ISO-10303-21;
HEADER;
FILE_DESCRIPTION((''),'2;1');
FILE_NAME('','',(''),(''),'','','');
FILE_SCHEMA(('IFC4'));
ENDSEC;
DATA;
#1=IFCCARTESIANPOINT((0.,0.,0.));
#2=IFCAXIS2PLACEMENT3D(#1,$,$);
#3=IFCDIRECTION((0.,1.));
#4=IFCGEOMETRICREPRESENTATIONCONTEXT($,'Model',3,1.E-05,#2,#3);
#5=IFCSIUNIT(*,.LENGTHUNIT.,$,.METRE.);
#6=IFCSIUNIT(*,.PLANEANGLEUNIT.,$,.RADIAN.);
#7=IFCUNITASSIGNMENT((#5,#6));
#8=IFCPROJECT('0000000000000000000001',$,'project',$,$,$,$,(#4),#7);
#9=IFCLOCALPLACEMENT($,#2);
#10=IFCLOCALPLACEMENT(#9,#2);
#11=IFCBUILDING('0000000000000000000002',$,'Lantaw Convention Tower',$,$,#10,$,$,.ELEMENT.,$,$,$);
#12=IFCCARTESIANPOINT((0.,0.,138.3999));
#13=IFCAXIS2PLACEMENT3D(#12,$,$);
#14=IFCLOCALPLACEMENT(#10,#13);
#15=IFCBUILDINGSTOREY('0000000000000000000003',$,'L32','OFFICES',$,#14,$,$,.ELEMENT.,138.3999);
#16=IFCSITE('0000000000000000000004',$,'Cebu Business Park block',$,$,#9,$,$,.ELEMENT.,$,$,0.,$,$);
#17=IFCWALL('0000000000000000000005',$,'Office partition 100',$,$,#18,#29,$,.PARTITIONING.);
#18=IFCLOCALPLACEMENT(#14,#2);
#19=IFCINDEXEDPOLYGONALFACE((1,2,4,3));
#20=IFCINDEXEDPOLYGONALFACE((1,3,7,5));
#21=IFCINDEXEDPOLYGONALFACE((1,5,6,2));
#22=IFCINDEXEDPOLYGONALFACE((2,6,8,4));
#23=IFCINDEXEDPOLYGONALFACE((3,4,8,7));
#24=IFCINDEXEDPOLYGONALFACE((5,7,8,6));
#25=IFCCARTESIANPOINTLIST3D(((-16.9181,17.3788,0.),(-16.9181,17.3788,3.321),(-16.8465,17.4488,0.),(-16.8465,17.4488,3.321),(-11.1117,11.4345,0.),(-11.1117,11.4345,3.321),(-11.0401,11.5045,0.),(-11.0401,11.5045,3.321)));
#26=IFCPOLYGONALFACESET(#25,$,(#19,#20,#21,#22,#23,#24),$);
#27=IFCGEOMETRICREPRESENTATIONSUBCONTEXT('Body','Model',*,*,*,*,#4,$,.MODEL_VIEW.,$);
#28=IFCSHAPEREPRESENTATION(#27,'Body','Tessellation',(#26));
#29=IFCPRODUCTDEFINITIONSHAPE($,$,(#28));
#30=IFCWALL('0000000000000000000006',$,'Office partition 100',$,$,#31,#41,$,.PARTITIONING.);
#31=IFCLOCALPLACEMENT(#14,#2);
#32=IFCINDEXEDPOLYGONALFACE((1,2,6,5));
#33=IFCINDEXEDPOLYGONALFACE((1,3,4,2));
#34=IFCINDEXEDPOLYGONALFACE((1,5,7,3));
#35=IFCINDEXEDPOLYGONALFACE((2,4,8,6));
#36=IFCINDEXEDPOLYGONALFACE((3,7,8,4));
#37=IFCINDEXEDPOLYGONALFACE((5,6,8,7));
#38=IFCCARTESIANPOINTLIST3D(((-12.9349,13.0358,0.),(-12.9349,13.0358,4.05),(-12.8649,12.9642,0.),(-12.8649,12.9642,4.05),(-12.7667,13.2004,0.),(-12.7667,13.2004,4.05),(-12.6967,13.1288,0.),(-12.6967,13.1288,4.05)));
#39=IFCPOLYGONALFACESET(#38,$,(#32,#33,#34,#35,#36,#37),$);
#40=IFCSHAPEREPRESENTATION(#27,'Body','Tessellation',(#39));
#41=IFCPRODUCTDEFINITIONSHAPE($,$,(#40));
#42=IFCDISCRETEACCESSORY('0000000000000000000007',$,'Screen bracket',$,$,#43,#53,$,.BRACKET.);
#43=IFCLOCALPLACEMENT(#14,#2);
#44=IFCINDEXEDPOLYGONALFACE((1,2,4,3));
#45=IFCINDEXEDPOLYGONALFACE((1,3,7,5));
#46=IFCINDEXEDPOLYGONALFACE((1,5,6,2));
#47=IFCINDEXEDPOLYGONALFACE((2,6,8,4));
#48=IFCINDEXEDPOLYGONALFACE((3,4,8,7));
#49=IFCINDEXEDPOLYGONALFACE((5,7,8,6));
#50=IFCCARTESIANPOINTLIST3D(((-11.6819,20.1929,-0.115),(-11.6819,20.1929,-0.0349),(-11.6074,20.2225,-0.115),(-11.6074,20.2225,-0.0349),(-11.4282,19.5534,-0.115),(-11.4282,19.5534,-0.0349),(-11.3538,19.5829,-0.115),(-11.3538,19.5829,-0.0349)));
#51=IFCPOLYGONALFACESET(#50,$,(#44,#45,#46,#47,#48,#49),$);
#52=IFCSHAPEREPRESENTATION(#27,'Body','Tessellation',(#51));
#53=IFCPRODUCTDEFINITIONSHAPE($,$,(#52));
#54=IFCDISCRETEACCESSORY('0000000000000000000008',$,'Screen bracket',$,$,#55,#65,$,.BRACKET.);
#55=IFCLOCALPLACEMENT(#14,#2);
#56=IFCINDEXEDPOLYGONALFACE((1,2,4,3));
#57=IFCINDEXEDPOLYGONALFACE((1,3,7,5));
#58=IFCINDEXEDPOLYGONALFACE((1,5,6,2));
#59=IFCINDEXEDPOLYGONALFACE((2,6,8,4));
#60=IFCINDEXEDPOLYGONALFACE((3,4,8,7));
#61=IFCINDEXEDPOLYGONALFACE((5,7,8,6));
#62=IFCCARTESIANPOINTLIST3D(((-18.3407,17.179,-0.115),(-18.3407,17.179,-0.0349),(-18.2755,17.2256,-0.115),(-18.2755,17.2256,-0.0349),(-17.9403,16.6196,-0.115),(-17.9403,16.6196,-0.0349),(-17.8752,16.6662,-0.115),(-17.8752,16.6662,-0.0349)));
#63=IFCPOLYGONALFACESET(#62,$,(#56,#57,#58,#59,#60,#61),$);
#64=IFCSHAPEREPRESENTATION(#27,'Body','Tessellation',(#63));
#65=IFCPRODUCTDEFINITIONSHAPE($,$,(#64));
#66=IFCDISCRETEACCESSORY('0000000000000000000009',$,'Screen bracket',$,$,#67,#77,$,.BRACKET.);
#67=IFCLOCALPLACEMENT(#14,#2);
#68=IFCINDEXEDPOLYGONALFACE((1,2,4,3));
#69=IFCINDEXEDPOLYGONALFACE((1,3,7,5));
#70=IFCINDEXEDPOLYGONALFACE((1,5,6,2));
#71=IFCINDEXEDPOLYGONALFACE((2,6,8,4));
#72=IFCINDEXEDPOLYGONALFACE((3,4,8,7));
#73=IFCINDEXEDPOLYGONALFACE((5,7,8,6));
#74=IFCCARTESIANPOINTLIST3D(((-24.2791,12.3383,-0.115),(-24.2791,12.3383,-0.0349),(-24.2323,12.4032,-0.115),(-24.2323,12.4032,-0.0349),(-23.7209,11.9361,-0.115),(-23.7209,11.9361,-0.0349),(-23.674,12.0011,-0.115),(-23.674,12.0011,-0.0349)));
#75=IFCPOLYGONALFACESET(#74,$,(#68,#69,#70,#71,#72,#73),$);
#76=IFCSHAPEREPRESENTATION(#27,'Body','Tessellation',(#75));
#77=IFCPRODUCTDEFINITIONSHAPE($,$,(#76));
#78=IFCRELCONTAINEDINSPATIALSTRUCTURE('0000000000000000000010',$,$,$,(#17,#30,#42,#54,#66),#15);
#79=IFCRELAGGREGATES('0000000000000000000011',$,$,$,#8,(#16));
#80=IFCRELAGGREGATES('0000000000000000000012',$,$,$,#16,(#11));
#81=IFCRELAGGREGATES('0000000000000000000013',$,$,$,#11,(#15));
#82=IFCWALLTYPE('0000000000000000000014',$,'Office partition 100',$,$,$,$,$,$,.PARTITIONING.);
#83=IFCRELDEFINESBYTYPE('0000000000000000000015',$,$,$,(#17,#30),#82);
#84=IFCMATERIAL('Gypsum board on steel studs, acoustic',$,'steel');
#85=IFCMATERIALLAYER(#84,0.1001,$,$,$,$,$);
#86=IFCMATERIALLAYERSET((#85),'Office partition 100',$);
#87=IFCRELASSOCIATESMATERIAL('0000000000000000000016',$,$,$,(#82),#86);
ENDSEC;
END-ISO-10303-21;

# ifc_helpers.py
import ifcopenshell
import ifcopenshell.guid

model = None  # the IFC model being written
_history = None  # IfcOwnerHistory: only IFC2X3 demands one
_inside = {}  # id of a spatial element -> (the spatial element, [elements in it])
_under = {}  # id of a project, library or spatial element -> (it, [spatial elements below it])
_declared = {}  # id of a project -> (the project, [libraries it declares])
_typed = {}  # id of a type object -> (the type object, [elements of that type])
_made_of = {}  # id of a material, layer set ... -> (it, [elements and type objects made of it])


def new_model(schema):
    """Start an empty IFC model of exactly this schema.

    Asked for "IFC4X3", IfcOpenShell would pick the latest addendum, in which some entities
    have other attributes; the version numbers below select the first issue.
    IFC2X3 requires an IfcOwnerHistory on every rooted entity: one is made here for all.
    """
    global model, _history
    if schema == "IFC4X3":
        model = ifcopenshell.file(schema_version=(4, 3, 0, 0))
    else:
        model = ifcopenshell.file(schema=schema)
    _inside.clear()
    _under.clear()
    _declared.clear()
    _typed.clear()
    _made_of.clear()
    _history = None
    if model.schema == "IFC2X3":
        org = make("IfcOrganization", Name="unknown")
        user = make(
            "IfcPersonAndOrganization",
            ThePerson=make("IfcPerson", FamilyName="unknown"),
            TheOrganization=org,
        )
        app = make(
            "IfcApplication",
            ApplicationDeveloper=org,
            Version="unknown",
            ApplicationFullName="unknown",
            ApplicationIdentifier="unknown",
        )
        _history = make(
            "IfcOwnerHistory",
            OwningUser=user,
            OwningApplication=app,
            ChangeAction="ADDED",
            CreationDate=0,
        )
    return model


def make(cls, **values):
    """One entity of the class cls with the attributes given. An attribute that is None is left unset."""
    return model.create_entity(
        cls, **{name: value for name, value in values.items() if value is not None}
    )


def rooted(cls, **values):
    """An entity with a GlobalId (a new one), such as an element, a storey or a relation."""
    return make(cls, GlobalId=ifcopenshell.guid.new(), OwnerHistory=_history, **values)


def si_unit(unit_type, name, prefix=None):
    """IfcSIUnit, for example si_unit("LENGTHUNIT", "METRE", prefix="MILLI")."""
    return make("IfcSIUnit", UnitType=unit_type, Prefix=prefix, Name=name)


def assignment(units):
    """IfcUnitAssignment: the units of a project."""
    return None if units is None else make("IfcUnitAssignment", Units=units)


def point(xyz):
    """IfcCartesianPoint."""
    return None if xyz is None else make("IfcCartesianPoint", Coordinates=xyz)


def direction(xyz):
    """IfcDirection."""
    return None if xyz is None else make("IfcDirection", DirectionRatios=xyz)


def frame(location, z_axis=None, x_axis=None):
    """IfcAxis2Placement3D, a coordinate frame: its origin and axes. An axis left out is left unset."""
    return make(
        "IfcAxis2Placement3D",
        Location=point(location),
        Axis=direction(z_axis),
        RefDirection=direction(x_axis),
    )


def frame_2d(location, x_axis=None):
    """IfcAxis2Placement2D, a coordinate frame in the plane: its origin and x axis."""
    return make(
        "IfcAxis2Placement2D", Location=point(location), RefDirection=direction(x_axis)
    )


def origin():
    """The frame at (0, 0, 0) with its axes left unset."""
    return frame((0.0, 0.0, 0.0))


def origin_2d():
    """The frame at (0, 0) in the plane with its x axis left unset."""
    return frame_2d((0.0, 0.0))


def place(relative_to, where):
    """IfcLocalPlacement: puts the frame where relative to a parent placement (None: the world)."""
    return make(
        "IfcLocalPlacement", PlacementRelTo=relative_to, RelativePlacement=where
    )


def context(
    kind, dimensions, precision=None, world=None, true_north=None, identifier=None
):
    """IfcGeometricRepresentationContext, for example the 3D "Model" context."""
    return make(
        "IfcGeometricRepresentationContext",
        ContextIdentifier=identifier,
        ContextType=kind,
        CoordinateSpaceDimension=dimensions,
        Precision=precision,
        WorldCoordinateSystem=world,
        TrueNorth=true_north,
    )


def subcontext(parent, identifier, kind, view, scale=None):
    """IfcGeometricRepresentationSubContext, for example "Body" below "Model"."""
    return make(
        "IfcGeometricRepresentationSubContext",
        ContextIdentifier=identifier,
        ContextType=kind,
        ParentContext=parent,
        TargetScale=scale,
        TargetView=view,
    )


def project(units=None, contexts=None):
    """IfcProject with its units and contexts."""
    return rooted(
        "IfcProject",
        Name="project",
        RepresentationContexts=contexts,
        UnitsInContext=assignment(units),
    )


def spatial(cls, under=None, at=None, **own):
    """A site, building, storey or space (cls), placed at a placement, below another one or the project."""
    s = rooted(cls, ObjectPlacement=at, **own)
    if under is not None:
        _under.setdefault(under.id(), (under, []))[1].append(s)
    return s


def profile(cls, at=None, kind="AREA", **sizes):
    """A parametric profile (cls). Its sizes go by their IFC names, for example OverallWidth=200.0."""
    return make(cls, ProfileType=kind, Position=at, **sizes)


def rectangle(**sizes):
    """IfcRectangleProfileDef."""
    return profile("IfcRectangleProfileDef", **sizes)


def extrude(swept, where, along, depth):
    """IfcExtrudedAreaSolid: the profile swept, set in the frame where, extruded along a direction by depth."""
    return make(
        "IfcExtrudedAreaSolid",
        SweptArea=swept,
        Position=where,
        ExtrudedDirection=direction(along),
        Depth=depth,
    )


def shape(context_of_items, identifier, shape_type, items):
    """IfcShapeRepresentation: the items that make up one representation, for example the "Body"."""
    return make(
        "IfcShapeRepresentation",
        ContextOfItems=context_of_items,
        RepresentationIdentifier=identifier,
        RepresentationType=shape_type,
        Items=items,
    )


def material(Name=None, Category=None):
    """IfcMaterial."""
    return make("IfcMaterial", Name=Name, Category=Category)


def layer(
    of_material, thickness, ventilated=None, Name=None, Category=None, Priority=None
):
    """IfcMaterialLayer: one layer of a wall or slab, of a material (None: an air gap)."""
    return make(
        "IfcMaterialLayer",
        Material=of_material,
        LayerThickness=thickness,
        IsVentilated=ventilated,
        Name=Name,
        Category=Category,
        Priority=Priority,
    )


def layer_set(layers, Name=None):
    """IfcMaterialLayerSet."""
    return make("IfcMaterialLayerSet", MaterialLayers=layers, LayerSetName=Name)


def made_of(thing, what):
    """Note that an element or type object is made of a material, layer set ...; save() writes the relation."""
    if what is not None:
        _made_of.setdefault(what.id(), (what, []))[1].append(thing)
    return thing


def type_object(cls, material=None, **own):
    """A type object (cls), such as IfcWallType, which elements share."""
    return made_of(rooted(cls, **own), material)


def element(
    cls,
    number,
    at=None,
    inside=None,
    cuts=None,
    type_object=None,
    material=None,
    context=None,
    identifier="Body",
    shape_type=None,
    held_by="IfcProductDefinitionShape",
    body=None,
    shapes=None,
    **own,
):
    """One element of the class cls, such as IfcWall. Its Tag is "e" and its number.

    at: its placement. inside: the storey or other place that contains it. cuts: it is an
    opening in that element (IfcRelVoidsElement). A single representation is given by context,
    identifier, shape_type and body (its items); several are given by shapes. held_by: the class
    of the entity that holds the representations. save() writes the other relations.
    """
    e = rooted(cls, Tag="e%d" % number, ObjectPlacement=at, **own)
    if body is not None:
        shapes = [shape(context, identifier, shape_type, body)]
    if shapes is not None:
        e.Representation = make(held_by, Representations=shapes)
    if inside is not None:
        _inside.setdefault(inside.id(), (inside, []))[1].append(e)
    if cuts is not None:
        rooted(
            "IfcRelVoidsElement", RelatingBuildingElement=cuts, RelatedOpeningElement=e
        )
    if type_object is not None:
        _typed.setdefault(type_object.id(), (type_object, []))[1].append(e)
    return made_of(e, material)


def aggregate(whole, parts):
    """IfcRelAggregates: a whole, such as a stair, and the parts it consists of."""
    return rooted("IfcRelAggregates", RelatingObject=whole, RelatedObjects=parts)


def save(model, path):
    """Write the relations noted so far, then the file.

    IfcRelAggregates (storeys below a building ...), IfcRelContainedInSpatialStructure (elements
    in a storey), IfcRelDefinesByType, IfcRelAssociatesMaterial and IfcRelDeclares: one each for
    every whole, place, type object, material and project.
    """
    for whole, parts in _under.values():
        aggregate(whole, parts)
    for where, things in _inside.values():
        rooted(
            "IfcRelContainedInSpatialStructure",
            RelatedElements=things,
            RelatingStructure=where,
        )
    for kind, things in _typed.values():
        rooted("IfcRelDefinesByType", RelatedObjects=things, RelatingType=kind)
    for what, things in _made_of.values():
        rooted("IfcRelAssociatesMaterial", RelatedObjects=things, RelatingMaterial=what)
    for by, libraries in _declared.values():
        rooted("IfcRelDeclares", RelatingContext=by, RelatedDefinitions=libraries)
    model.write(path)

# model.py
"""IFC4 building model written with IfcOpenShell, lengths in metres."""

from ifc_helpers import new_model, si_unit, direction, frame, frame_2d, origin, origin_2d, place, context, subcontext, project, spatial, rectangle, extrude, material, layer, layer_set, type_object, element, save


model = new_model("IFC4")

# Units and contexts
model_context = context("Model", 3, precision=1e-05, world=origin(), true_north=direction((0.0, 1.0)))
body_context = subcontext(model_context, "Body", "Model", "MODEL_VIEW")
ifc_project = project(units=[si_unit("LENGTHUNIT", "METRE"), si_unit("PLANEANGLEUNIT", "RADIAN")], contexts=[model_context])

# Site, building, storey
site_placement = place(None, origin())
site = spatial("IfcSite", under=ifc_project, at=site_placement, Name="Cebu Business Park block", CompositionType="ELEMENT", RefElevation=0.0)
building_placement = place(site_placement, origin())
building = spatial("IfcBuilding", under=site, at=building_placement, Name="Lantaw Convention Tower", CompositionType="ELEMENT")
storey_placement = place(building_placement, frame((0.0, 0.0, 138.3999)))
storey = spatial("IfcBuildingStorey", under=building, at=storey_placement, Name="L32", Description="OFFICES", CompositionType="ELEMENT", Elevation=138.3999)

# Walls
ifc_material_1 = material(Name="Gypsum board on steel studs, acoustic", Category="steel")
ifc_layer_1 = layer(ifc_material_1, 0.1001)
ifc_layer_set_1 = layer_set([ifc_layer_1], Name="Office partition 100")
wall_type_1 = type_object("IfcWallType", Name="Office partition 100", PredefinedType="PARTITIONING", material=ifc_layer_set_1)
wall_1_placement = place(storey_placement, frame((-16.8823, 17.4138, 0.0), z_axis=(0.0, 0.0, 1.0), x_axis=(0.698758, -0.715358, 0.0)))
element("IfcWall", 1, at=wall_1_placement, inside=storey, type_object=wall_type_1, Name="Office partition 100", PredefinedType="PARTITIONING", context=body_context, shape_type="SweptSolid", body=[
    extrude(rectangle(XDim=8.3096, YDim=0.1001, at=frame_2d((4.1548, 0.0))), origin(), (0.0, 0.0, 1.0), 3.321),
])
wall_2_placement = place(storey_placement, frame((-12.8999, 13.0, 0.0), z_axis=(0.0, 0.0, 1.0), x_axis=(0.714845, 0.699283, 0.0)))
element("IfcWall", 2, at=wall_2_placement, inside=storey, type_object=wall_type_1, Name="Office partition 100", PredefinedType="PARTITIONING", context=body_context, shape_type="SweptSolid", body=[
    extrude(rectangle(XDim=0.2354, YDim=0.1001, at=frame_2d((0.1177, 0.0))), origin(), (0.0, 0.0, 1.0), 4.05),
])

# Discrete accessories
for number, where, z_axis, x_axis, name in (
    (3, (-11.5178, 19.8879, -0.115), (0.0, 0.0, 1.0), (-0.929548, -0.368702, 0.0), "Screen bracket"),
    (4, (-18.1079, 16.9226, -0.115), (0.0, 0.0, 1.0), (-0.813208, -0.581973, 0.0), "Screen bracket"),
    (5, (-23.9766, 12.1697, -0.115), (0.0, 0.0, 1.0), (-0.584513, -0.811385, 0.0), "Screen bracket"),
):
    element("IfcDiscreteAccessory", number, at=place(storey_placement, frame(where, z_axis=z_axis, x_axis=x_axis)), inside=storey, Name=name, PredefinedType="BRACKET", context=body_context, shape_type="SweptSolid", body=[
        extrude(rectangle(XDim=0.0801, YDim=0.688, at=origin_2d()), origin(), (0.0, 0.0, 1.0), 0.0801),
    ])

save(model, "model.ifc")
